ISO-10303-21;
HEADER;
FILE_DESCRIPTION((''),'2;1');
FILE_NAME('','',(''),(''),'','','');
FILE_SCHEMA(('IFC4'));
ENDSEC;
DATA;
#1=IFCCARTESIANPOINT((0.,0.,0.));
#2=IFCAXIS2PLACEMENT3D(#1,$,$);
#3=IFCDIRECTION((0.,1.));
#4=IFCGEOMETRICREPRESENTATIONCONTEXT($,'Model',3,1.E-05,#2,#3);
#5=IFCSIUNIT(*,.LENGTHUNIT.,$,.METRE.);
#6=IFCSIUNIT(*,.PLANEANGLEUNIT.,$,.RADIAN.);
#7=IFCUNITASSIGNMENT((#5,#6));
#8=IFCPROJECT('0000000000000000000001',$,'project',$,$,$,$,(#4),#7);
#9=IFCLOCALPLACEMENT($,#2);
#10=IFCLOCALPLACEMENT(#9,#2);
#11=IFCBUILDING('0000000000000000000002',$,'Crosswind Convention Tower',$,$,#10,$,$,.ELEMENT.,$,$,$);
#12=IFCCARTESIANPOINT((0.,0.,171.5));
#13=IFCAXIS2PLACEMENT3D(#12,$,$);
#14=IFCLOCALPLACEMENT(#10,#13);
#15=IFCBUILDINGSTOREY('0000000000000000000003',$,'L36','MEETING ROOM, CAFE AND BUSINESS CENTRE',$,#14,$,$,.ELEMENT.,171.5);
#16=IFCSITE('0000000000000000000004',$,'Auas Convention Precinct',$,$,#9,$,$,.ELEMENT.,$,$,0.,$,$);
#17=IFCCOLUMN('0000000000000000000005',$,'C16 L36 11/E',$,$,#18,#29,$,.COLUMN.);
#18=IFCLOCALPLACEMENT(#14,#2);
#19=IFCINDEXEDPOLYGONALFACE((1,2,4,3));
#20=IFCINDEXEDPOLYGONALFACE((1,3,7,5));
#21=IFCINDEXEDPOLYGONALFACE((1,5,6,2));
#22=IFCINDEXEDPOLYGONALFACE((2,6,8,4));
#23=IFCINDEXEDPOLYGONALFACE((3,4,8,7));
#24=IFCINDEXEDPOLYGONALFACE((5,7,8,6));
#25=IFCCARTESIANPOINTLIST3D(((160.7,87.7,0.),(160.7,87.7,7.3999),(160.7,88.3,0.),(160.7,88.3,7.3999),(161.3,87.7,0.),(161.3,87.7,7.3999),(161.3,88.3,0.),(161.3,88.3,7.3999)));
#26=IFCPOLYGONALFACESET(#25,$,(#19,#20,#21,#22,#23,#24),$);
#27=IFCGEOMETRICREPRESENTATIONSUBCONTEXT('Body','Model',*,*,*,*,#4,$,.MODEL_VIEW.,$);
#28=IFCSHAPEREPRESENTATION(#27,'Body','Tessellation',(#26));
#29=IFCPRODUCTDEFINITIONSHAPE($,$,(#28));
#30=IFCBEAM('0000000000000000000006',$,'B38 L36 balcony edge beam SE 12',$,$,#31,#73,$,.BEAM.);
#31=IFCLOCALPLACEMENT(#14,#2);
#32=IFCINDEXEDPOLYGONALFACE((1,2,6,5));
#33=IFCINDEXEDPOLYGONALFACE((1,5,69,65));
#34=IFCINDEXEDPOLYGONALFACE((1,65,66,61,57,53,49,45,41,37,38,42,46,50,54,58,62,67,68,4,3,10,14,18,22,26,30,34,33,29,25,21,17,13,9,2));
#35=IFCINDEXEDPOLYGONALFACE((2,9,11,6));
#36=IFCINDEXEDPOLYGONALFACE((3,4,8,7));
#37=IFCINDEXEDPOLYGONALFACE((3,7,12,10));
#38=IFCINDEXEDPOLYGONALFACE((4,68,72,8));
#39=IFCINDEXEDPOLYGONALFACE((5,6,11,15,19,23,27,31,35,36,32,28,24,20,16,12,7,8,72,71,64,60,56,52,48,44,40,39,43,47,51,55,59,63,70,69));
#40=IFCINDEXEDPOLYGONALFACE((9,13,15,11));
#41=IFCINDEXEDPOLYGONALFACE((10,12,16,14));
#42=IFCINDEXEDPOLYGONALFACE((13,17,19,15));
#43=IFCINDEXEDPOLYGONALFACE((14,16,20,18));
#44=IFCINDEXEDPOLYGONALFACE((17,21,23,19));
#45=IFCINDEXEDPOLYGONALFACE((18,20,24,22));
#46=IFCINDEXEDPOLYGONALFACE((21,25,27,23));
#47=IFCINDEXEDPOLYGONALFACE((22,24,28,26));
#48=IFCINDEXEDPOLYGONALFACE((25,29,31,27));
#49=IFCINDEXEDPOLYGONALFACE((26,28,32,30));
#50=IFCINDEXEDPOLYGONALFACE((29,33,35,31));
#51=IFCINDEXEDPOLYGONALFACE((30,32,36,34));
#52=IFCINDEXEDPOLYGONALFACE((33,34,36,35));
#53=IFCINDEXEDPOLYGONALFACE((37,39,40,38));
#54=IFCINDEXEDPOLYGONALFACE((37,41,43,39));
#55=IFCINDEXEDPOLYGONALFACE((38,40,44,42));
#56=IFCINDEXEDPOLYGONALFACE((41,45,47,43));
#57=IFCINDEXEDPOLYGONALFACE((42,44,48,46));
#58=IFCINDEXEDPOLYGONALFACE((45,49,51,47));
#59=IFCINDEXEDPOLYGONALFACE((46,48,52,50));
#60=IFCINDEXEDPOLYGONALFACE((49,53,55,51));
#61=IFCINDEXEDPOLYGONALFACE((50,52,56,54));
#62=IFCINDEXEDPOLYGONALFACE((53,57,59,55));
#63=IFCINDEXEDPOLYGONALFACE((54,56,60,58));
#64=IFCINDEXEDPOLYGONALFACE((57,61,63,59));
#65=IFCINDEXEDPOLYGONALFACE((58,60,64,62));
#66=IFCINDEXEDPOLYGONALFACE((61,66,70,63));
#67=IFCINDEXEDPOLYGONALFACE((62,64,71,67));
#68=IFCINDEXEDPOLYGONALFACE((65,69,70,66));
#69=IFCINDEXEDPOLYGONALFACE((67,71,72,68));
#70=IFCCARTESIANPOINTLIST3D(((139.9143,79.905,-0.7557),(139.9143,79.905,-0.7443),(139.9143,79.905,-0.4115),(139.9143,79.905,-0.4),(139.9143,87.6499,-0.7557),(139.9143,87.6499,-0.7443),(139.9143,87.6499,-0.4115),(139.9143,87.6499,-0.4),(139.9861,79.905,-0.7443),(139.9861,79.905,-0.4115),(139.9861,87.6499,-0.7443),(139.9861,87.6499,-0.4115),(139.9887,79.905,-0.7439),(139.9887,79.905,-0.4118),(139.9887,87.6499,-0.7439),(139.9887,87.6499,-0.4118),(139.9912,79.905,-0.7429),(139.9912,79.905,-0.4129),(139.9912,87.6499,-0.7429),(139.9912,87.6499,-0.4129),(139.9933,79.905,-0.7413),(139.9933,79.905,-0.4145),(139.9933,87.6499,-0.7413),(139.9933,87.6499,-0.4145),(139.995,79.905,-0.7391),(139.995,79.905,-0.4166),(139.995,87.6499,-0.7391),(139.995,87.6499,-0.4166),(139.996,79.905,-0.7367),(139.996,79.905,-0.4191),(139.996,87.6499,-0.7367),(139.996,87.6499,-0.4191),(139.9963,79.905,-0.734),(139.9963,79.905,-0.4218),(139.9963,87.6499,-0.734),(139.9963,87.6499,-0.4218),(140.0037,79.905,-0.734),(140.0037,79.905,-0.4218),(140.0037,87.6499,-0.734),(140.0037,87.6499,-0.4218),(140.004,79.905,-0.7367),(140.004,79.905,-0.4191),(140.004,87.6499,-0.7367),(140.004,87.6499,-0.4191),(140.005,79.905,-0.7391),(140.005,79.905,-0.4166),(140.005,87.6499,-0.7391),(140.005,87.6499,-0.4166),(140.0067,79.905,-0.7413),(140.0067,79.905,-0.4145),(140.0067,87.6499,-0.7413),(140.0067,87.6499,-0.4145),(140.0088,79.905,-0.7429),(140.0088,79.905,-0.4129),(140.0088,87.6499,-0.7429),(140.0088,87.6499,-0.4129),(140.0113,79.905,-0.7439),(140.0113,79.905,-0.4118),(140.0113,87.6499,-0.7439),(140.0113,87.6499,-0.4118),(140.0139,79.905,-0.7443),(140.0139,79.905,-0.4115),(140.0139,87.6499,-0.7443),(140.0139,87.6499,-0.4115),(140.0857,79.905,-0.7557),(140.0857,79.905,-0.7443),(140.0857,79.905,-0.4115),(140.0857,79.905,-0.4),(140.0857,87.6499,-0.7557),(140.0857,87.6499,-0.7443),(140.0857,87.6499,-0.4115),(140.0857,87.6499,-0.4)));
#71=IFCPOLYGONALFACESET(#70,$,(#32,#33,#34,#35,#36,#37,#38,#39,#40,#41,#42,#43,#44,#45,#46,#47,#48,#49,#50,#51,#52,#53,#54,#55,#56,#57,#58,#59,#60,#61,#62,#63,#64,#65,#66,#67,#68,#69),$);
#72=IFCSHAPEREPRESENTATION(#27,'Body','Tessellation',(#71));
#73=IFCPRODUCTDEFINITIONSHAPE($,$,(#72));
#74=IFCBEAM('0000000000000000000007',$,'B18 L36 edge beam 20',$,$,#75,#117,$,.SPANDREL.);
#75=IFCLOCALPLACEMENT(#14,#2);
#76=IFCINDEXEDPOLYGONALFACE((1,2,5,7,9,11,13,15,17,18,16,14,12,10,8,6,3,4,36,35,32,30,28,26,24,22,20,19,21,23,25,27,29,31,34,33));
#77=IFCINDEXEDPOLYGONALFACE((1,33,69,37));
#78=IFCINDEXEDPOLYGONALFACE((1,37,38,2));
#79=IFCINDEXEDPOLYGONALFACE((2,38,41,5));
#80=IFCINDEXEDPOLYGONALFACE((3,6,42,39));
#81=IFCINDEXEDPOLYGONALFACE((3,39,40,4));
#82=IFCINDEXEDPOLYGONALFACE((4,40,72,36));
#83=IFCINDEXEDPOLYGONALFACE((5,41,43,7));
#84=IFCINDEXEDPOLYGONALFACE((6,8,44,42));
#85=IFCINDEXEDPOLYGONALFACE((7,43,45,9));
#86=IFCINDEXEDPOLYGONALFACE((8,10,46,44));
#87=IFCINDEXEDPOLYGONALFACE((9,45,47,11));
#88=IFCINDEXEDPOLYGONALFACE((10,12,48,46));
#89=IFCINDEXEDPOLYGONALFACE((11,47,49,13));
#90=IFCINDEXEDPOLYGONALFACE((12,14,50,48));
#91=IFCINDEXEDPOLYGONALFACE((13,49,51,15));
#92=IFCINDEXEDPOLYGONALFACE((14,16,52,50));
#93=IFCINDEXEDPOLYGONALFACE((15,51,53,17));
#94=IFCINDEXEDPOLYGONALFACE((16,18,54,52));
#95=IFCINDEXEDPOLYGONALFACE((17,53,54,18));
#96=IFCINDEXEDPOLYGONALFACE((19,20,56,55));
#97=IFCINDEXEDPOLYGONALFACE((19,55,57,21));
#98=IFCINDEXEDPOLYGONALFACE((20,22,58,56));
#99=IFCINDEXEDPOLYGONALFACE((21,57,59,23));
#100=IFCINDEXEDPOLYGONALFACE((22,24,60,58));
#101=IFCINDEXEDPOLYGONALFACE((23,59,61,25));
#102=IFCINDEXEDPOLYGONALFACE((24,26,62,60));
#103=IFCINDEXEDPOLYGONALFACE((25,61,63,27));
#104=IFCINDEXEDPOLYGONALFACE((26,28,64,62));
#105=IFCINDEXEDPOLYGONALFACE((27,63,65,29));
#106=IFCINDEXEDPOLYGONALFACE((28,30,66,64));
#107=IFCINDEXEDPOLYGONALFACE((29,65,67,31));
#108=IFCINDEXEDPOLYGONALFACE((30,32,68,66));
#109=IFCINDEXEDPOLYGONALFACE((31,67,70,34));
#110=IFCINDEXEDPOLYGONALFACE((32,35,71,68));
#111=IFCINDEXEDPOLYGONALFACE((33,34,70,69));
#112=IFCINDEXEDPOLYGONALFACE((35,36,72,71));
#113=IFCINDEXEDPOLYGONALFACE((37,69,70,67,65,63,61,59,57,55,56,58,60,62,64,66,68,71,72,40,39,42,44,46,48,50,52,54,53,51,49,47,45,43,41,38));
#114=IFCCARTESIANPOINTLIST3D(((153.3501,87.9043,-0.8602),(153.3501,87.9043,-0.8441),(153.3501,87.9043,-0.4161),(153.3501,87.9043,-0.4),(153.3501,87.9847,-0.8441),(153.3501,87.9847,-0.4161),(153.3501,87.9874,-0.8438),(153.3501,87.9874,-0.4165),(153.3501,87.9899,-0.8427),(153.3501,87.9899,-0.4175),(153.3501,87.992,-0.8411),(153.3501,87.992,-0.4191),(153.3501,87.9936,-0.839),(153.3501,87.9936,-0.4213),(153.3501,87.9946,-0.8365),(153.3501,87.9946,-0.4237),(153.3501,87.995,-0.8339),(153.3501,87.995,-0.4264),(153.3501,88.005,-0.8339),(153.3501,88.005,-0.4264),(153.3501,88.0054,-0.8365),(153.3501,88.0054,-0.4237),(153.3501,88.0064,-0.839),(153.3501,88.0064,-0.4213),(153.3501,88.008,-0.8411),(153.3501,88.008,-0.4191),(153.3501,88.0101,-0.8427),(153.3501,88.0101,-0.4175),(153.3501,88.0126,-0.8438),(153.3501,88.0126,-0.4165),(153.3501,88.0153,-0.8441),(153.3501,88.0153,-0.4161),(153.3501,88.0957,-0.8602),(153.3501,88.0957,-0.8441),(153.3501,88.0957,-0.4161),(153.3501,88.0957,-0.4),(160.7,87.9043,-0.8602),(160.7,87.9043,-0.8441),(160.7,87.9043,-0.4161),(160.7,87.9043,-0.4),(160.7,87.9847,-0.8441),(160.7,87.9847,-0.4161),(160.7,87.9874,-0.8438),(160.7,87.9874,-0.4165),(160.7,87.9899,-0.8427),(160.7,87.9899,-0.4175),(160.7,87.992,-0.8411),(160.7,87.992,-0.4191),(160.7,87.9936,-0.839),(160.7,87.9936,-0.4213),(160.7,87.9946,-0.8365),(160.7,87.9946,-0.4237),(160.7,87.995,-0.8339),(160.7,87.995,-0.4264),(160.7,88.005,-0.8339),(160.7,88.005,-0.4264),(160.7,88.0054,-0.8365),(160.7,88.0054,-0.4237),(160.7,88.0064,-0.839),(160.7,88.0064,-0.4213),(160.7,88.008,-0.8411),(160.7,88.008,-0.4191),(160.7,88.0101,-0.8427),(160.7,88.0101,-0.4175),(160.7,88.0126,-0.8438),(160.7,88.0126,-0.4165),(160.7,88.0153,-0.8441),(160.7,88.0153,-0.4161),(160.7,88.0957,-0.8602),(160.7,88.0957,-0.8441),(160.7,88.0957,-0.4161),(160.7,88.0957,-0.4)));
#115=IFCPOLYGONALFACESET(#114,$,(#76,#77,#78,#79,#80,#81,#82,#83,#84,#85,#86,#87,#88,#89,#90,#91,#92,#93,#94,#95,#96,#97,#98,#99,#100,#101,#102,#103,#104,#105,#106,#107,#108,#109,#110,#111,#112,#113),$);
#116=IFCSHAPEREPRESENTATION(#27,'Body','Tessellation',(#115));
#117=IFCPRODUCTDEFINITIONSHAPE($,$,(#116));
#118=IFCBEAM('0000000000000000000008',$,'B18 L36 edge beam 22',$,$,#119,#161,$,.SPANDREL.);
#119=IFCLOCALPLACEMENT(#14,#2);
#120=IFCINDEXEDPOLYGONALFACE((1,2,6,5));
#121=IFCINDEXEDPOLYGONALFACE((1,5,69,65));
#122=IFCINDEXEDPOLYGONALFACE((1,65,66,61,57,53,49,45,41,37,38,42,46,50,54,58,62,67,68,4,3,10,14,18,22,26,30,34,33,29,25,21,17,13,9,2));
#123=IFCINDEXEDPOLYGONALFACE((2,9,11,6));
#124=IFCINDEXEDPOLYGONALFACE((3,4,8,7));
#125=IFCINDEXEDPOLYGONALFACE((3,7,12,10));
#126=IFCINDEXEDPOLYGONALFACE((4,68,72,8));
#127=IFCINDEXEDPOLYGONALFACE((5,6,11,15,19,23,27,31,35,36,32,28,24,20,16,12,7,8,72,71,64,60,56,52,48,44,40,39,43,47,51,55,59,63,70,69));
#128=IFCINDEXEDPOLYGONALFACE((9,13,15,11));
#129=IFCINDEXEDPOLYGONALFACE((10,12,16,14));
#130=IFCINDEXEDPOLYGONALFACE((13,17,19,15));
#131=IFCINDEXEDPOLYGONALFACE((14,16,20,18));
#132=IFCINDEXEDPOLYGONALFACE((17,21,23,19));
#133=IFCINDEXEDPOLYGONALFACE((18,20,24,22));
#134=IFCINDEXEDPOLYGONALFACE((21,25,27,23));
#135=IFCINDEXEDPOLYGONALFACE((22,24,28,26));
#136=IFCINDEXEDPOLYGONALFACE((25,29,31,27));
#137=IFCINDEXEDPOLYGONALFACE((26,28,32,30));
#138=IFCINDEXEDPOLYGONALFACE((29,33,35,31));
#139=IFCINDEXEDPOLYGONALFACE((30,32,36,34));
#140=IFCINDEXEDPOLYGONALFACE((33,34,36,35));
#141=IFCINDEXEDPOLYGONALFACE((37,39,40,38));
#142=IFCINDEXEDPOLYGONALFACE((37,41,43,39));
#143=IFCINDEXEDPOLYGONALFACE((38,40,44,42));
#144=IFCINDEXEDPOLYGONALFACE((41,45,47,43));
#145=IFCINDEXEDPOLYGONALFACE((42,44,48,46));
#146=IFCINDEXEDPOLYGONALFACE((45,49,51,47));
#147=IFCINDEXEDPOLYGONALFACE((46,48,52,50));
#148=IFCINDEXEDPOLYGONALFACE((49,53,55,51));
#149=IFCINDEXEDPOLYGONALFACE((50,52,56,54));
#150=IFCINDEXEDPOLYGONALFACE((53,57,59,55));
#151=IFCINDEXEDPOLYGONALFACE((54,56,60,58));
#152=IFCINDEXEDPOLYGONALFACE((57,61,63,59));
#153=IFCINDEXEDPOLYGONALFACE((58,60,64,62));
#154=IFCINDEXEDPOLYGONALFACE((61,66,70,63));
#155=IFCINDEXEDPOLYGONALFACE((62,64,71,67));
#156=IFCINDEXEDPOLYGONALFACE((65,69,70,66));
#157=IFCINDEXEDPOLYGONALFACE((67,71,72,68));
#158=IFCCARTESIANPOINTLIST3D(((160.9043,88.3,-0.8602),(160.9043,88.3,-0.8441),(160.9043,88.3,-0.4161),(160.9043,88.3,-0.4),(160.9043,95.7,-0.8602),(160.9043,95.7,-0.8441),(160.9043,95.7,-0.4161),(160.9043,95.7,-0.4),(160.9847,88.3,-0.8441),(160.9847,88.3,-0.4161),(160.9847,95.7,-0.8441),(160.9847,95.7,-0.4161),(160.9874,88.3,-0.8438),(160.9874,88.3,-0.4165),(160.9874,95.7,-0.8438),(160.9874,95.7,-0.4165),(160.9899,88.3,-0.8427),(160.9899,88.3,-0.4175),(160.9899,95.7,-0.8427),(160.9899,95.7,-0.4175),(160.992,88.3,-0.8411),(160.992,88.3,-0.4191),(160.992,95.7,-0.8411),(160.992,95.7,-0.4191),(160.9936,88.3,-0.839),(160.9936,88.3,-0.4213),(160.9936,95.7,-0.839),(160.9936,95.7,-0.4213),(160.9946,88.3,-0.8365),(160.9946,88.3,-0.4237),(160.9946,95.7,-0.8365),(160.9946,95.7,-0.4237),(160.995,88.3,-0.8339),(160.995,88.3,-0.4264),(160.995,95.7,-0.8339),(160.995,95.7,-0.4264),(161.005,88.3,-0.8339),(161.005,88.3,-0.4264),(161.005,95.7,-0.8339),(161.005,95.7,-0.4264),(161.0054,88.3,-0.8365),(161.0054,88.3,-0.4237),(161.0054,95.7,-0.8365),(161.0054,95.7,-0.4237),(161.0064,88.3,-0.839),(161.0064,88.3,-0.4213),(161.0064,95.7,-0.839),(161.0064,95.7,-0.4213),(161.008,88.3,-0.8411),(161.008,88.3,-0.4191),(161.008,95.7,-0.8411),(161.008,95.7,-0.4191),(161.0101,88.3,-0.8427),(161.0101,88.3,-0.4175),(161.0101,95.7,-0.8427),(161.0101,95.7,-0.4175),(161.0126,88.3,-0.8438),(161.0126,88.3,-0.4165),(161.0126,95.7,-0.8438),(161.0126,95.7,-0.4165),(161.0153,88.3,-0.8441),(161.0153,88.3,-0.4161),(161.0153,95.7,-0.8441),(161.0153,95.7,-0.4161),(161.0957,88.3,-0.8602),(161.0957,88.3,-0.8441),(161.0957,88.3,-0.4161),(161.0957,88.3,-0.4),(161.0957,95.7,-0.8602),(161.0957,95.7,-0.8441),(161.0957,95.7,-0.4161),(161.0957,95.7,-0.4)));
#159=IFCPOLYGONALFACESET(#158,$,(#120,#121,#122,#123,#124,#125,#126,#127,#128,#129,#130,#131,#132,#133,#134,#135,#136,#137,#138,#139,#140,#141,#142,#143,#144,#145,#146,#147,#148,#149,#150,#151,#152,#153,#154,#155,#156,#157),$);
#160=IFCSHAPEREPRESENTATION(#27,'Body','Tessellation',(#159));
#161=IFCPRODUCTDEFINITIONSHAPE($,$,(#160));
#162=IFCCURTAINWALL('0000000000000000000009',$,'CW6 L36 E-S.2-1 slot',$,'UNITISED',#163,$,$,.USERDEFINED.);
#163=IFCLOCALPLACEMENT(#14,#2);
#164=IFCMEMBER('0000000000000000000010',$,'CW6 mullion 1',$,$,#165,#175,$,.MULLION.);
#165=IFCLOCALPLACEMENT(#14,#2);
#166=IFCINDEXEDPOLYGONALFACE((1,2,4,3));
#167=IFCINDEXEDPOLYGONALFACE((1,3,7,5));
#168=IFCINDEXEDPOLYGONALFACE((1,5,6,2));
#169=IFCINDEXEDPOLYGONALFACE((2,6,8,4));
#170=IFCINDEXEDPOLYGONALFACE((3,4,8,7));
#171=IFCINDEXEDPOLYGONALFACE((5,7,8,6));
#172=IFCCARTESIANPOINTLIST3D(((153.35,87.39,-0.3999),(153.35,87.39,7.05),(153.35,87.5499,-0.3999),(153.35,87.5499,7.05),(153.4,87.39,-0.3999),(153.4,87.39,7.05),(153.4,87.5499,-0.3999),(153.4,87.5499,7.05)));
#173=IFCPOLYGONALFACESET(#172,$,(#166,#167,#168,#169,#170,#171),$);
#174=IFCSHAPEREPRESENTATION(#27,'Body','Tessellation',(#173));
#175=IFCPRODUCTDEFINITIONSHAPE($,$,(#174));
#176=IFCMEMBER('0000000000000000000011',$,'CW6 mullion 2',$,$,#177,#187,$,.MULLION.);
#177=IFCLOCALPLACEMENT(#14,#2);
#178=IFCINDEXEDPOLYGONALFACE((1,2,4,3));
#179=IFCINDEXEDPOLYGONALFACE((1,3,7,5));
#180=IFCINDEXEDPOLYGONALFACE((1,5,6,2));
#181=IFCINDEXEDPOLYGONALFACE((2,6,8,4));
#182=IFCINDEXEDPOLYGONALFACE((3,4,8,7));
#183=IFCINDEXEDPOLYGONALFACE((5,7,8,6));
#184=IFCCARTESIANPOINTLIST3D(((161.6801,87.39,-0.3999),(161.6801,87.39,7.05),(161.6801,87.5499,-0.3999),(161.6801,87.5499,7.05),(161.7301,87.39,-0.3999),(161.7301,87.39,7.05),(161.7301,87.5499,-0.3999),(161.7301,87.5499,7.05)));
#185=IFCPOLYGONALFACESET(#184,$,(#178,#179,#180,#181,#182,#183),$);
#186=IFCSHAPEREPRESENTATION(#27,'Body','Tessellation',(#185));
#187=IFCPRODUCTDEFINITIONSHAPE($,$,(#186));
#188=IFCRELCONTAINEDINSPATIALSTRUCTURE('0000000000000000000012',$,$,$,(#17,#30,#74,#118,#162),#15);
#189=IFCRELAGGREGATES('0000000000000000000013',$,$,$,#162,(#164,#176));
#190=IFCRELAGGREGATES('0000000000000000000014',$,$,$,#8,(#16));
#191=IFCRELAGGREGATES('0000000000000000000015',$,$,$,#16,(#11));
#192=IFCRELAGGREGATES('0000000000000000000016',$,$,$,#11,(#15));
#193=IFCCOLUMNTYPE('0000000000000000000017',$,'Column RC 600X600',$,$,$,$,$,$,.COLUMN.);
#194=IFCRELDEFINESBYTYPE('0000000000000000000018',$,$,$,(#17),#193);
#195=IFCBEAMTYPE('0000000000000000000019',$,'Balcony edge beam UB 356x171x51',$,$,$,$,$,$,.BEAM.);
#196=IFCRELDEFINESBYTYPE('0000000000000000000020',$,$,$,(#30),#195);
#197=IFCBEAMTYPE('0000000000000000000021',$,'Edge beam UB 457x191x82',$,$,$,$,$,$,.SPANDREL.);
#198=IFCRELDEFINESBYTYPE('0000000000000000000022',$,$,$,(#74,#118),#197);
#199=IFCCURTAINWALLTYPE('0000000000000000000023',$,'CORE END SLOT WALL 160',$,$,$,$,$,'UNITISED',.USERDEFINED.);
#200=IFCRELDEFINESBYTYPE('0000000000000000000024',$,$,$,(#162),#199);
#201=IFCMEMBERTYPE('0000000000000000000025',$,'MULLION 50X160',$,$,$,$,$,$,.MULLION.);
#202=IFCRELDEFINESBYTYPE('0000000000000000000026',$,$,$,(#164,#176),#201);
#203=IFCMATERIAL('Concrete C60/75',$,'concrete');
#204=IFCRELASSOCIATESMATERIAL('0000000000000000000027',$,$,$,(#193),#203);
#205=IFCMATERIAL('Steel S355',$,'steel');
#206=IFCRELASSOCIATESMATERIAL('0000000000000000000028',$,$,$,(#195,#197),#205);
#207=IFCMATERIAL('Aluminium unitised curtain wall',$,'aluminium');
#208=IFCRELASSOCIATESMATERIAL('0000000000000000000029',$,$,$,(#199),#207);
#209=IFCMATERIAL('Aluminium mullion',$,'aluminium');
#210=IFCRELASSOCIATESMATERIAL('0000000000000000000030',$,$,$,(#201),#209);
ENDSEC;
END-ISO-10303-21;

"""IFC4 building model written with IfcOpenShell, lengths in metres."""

from ifc_helpers import new_model, si_unit, direction, frame, origin, origin_2d, place, context, subcontext, project, spatial, rectangle, i_section, extrude, material, material_profile, profile_set, type_object, element, aggregate, save


model = new_model("IFC4")

# Units and contexts
model_context = context("Model", 3, precision=1e-05, world=origin(), true_north=direction((0.0, 1.0)))
body_context = subcontext(model_context, "Body", "Model", "MODEL_VIEW")
ifc_project = project(units=[si_unit("LENGTHUNIT", "METRE"), si_unit("PLANEANGLEUNIT", "RADIAN")], contexts=[model_context])

# Site, building, storey
site_placement = place(None, origin())
site = spatial("IfcSite", under=ifc_project, at=site_placement, Name="Auas Convention Precinct", CompositionType="ELEMENT", RefElevation=0.0)
building_placement = place(site_placement, origin())
building = spatial("IfcBuilding", under=site, at=building_placement, Name="Crosswind Convention Tower", CompositionType="ELEMENT")
storey_placement = place(building_placement, frame((0.0, 0.0, 171.5)))
storey = spatial("IfcBuildingStorey", under=building, at=storey_placement, Name="L36", Description="MEETING ROOM, CAFE AND BUSINESS CENTRE", CompositionType="ELEMENT", Elevation=171.5)

# Column
ifc_material_1 = material(Name="Concrete C60/75", Category="concrete")
ifc_material_profile_1 = material_profile(ifc_material_1, rectangle(XDim=0.6001, YDim=0.6001, at=origin_2d()), Name="RC 600X600")
ifc_profile_set_1 = profile_set([ifc_material_profile_1], Name="Concrete C60/75")
column_type = type_object("IfcColumnType", Name="Column RC 600X600", PredefinedType="COLUMN", material=ifc_profile_set_1)
column_placement = place(storey_placement, frame((161.0, 88.0, 0.0), z_axis=(0.0, 0.0, 1.0), x_axis=(1.0, 0.0, 0.0)))
element("IfcColumn", 1, at=column_placement, inside=storey, type_object=column_type, Name="C16 L36 11/E", PredefinedType="COLUMN", context=body_context, shape_type="SweptSolid", body=[
    extrude(rectangle(XDim=0.6001, YDim=0.6001, at=origin_2d()), origin(), (0.0, 0.0, 1.0), 7.3999),
])

# Beams
ifc_material_2 = material(Name="Steel S355", Category="steel")
ifc_material_profile_2 = material_profile(ifc_material_2, i_section(OverallWidth=0.1714, OverallDepth=0.3557, WebThickness=0.0073, FlangeThickness=0.0115, FilletRadius=0.0103, at=origin_2d()), Name="UB 356x171x51")
ifc_profile_set_2 = profile_set([ifc_material_profile_2], Name="Steel S355")
beam_type_1 = type_object("IfcBeamType", Name="Balcony edge beam UB 356x171x51", PredefinedType="BEAM", material=ifc_profile_set_2)
beam_1_placement = place(storey_placement, frame((140.0, 87.6499, -0.5779), z_axis=(0.0, -1.0, 0.0), x_axis=(1.0, 0.0, 0.0)))
element("IfcBeam", 2, at=beam_1_placement, inside=storey, type_object=beam_type_1, Name="B38 L36 balcony edge beam SE 12", PredefinedType="BEAM", context=body_context, shape_type="SweptSolid", body=[
    extrude(i_section(OverallWidth=0.1714, OverallDepth=0.3557, WebThickness=0.0073, FlangeThickness=0.0115, FilletRadius=0.0103, at=origin_2d()), origin(), (0.0, 0.0, 1.0), 7.7449),
])
ifc_material_profile_3 = material_profile(ifc_material_2, i_section(OverallWidth=0.1914, OverallDepth=0.4602, WebThickness=0.01, FlangeThickness=0.0161, FilletRadius=0.0103, at=origin_2d()), Name="UB 457x191x82")
ifc_profile_set_3 = profile_set([ifc_material_profile_3], Name="Steel S355")
beam_type_2 = type_object("IfcBeamType", Name="Edge beam UB 457x191x82", PredefinedType="SPANDREL", material=ifc_profile_set_3)
beam_2_placement = place(storey_placement, frame((153.3501, 88.0, -0.6301), z_axis=(1.0, 0.0, 0.0), x_axis=(0.0, 1.0, 0.0)))
element("IfcBeam", 3, at=beam_2_placement, inside=storey, type_object=beam_type_2, Name="B18 L36 edge beam 20", PredefinedType="SPANDREL", context=body_context, shape_type="SweptSolid", body=[
    extrude(i_section(OverallWidth=0.1914, OverallDepth=0.4602, WebThickness=0.01, FlangeThickness=0.0161, FilletRadius=0.0103, at=origin_2d()), origin(), (0.0, 0.0, 1.0), 7.3499),
])
beam_3_placement = place(storey_placement, frame((161.0, 88.3, -0.6301), z_axis=(0.0, 1.0, 0.0), x_axis=(-1.0, 0.0, 0.0)))
element("IfcBeam", 4, at=beam_3_placement, inside=storey, type_object=beam_type_2, Name="B18 L36 edge beam 22", PredefinedType="SPANDREL", context=body_context, shape_type="SweptSolid", body=[
    extrude(i_section(OverallWidth=0.1914, OverallDepth=0.4602, WebThickness=0.01, FlangeThickness=0.0161, FilletRadius=0.0103, at=origin_2d()), origin(), (0.0, 0.0, 1.0), 7.3999),
])

# Curtain wall, members
ifc_material_3 = material(Name="Aluminium unitised curtain wall", Category="aluminium")
curtain_wall_type_1 = type_object("IfcCurtainWallType", Name="CORE END SLOT WALL 160", ElementType="UNITISED", PredefinedType="USERDEFINED", material=ifc_material_3)
curtain_wall_1_placement = place(storey_placement, origin())
curtain_wall_1 = element("IfcCurtainWall", 5, at=curtain_wall_1_placement, inside=storey, type_object=curtain_wall_type_1, Name="CW6 L36 E-S.2-1 slot", ObjectType="UNITISED", PredefinedType="USERDEFINED")
ifc_material_4 = material(Name="Aluminium mullion", Category="aluminium")
ifc_material_profile_4 = material_profile(ifc_material_4, rectangle(XDim=0.1599, YDim=0.05, at=origin_2d()), Name="AL 160X50")
ifc_profile_set_4 = profile_set([ifc_material_profile_4], Name="Aluminium mullion")
member_type_1 = type_object("IfcMemberType", Name="MULLION 50X160", PredefinedType="MULLION", material=ifc_profile_set_4)
member_1_placement = place(storey_placement, frame((153.375, 87.47, -0.3999), z_axis=(0.0, 0.0, 1.0), x_axis=(0.0, -1.0, 0.0)))
member_1 = element("IfcMember", 6, at=member_1_placement, type_object=member_type_1, Name="CW6 mullion 1", PredefinedType="MULLION", context=body_context, shape_type="SweptSolid", body=[
    extrude(rectangle(XDim=0.1599, YDim=0.05, at=origin_2d()), origin(), (0.0, 0.0, 1.0), 7.45),
])
member_2_placement = place(storey_placement, frame((161.7051, 87.47, -0.3999), z_axis=(0.0, 0.0, 1.0), x_axis=(0.0, -1.0, 0.0)))
member_2 = element("IfcMember", 7, at=member_2_placement, type_object=member_type_1, Name="CW6 mullion 2", PredefinedType="MULLION", context=body_context, shape_type="SweptSolid", body=[
    extrude(rectangle(XDim=0.1599, YDim=0.05, at=origin_2d()), origin(), (0.0, 0.0, 1.0), 7.45),
])

aggregate(curtain_wall_1, [member_1, member_2])

save(model, "model.ifc")
